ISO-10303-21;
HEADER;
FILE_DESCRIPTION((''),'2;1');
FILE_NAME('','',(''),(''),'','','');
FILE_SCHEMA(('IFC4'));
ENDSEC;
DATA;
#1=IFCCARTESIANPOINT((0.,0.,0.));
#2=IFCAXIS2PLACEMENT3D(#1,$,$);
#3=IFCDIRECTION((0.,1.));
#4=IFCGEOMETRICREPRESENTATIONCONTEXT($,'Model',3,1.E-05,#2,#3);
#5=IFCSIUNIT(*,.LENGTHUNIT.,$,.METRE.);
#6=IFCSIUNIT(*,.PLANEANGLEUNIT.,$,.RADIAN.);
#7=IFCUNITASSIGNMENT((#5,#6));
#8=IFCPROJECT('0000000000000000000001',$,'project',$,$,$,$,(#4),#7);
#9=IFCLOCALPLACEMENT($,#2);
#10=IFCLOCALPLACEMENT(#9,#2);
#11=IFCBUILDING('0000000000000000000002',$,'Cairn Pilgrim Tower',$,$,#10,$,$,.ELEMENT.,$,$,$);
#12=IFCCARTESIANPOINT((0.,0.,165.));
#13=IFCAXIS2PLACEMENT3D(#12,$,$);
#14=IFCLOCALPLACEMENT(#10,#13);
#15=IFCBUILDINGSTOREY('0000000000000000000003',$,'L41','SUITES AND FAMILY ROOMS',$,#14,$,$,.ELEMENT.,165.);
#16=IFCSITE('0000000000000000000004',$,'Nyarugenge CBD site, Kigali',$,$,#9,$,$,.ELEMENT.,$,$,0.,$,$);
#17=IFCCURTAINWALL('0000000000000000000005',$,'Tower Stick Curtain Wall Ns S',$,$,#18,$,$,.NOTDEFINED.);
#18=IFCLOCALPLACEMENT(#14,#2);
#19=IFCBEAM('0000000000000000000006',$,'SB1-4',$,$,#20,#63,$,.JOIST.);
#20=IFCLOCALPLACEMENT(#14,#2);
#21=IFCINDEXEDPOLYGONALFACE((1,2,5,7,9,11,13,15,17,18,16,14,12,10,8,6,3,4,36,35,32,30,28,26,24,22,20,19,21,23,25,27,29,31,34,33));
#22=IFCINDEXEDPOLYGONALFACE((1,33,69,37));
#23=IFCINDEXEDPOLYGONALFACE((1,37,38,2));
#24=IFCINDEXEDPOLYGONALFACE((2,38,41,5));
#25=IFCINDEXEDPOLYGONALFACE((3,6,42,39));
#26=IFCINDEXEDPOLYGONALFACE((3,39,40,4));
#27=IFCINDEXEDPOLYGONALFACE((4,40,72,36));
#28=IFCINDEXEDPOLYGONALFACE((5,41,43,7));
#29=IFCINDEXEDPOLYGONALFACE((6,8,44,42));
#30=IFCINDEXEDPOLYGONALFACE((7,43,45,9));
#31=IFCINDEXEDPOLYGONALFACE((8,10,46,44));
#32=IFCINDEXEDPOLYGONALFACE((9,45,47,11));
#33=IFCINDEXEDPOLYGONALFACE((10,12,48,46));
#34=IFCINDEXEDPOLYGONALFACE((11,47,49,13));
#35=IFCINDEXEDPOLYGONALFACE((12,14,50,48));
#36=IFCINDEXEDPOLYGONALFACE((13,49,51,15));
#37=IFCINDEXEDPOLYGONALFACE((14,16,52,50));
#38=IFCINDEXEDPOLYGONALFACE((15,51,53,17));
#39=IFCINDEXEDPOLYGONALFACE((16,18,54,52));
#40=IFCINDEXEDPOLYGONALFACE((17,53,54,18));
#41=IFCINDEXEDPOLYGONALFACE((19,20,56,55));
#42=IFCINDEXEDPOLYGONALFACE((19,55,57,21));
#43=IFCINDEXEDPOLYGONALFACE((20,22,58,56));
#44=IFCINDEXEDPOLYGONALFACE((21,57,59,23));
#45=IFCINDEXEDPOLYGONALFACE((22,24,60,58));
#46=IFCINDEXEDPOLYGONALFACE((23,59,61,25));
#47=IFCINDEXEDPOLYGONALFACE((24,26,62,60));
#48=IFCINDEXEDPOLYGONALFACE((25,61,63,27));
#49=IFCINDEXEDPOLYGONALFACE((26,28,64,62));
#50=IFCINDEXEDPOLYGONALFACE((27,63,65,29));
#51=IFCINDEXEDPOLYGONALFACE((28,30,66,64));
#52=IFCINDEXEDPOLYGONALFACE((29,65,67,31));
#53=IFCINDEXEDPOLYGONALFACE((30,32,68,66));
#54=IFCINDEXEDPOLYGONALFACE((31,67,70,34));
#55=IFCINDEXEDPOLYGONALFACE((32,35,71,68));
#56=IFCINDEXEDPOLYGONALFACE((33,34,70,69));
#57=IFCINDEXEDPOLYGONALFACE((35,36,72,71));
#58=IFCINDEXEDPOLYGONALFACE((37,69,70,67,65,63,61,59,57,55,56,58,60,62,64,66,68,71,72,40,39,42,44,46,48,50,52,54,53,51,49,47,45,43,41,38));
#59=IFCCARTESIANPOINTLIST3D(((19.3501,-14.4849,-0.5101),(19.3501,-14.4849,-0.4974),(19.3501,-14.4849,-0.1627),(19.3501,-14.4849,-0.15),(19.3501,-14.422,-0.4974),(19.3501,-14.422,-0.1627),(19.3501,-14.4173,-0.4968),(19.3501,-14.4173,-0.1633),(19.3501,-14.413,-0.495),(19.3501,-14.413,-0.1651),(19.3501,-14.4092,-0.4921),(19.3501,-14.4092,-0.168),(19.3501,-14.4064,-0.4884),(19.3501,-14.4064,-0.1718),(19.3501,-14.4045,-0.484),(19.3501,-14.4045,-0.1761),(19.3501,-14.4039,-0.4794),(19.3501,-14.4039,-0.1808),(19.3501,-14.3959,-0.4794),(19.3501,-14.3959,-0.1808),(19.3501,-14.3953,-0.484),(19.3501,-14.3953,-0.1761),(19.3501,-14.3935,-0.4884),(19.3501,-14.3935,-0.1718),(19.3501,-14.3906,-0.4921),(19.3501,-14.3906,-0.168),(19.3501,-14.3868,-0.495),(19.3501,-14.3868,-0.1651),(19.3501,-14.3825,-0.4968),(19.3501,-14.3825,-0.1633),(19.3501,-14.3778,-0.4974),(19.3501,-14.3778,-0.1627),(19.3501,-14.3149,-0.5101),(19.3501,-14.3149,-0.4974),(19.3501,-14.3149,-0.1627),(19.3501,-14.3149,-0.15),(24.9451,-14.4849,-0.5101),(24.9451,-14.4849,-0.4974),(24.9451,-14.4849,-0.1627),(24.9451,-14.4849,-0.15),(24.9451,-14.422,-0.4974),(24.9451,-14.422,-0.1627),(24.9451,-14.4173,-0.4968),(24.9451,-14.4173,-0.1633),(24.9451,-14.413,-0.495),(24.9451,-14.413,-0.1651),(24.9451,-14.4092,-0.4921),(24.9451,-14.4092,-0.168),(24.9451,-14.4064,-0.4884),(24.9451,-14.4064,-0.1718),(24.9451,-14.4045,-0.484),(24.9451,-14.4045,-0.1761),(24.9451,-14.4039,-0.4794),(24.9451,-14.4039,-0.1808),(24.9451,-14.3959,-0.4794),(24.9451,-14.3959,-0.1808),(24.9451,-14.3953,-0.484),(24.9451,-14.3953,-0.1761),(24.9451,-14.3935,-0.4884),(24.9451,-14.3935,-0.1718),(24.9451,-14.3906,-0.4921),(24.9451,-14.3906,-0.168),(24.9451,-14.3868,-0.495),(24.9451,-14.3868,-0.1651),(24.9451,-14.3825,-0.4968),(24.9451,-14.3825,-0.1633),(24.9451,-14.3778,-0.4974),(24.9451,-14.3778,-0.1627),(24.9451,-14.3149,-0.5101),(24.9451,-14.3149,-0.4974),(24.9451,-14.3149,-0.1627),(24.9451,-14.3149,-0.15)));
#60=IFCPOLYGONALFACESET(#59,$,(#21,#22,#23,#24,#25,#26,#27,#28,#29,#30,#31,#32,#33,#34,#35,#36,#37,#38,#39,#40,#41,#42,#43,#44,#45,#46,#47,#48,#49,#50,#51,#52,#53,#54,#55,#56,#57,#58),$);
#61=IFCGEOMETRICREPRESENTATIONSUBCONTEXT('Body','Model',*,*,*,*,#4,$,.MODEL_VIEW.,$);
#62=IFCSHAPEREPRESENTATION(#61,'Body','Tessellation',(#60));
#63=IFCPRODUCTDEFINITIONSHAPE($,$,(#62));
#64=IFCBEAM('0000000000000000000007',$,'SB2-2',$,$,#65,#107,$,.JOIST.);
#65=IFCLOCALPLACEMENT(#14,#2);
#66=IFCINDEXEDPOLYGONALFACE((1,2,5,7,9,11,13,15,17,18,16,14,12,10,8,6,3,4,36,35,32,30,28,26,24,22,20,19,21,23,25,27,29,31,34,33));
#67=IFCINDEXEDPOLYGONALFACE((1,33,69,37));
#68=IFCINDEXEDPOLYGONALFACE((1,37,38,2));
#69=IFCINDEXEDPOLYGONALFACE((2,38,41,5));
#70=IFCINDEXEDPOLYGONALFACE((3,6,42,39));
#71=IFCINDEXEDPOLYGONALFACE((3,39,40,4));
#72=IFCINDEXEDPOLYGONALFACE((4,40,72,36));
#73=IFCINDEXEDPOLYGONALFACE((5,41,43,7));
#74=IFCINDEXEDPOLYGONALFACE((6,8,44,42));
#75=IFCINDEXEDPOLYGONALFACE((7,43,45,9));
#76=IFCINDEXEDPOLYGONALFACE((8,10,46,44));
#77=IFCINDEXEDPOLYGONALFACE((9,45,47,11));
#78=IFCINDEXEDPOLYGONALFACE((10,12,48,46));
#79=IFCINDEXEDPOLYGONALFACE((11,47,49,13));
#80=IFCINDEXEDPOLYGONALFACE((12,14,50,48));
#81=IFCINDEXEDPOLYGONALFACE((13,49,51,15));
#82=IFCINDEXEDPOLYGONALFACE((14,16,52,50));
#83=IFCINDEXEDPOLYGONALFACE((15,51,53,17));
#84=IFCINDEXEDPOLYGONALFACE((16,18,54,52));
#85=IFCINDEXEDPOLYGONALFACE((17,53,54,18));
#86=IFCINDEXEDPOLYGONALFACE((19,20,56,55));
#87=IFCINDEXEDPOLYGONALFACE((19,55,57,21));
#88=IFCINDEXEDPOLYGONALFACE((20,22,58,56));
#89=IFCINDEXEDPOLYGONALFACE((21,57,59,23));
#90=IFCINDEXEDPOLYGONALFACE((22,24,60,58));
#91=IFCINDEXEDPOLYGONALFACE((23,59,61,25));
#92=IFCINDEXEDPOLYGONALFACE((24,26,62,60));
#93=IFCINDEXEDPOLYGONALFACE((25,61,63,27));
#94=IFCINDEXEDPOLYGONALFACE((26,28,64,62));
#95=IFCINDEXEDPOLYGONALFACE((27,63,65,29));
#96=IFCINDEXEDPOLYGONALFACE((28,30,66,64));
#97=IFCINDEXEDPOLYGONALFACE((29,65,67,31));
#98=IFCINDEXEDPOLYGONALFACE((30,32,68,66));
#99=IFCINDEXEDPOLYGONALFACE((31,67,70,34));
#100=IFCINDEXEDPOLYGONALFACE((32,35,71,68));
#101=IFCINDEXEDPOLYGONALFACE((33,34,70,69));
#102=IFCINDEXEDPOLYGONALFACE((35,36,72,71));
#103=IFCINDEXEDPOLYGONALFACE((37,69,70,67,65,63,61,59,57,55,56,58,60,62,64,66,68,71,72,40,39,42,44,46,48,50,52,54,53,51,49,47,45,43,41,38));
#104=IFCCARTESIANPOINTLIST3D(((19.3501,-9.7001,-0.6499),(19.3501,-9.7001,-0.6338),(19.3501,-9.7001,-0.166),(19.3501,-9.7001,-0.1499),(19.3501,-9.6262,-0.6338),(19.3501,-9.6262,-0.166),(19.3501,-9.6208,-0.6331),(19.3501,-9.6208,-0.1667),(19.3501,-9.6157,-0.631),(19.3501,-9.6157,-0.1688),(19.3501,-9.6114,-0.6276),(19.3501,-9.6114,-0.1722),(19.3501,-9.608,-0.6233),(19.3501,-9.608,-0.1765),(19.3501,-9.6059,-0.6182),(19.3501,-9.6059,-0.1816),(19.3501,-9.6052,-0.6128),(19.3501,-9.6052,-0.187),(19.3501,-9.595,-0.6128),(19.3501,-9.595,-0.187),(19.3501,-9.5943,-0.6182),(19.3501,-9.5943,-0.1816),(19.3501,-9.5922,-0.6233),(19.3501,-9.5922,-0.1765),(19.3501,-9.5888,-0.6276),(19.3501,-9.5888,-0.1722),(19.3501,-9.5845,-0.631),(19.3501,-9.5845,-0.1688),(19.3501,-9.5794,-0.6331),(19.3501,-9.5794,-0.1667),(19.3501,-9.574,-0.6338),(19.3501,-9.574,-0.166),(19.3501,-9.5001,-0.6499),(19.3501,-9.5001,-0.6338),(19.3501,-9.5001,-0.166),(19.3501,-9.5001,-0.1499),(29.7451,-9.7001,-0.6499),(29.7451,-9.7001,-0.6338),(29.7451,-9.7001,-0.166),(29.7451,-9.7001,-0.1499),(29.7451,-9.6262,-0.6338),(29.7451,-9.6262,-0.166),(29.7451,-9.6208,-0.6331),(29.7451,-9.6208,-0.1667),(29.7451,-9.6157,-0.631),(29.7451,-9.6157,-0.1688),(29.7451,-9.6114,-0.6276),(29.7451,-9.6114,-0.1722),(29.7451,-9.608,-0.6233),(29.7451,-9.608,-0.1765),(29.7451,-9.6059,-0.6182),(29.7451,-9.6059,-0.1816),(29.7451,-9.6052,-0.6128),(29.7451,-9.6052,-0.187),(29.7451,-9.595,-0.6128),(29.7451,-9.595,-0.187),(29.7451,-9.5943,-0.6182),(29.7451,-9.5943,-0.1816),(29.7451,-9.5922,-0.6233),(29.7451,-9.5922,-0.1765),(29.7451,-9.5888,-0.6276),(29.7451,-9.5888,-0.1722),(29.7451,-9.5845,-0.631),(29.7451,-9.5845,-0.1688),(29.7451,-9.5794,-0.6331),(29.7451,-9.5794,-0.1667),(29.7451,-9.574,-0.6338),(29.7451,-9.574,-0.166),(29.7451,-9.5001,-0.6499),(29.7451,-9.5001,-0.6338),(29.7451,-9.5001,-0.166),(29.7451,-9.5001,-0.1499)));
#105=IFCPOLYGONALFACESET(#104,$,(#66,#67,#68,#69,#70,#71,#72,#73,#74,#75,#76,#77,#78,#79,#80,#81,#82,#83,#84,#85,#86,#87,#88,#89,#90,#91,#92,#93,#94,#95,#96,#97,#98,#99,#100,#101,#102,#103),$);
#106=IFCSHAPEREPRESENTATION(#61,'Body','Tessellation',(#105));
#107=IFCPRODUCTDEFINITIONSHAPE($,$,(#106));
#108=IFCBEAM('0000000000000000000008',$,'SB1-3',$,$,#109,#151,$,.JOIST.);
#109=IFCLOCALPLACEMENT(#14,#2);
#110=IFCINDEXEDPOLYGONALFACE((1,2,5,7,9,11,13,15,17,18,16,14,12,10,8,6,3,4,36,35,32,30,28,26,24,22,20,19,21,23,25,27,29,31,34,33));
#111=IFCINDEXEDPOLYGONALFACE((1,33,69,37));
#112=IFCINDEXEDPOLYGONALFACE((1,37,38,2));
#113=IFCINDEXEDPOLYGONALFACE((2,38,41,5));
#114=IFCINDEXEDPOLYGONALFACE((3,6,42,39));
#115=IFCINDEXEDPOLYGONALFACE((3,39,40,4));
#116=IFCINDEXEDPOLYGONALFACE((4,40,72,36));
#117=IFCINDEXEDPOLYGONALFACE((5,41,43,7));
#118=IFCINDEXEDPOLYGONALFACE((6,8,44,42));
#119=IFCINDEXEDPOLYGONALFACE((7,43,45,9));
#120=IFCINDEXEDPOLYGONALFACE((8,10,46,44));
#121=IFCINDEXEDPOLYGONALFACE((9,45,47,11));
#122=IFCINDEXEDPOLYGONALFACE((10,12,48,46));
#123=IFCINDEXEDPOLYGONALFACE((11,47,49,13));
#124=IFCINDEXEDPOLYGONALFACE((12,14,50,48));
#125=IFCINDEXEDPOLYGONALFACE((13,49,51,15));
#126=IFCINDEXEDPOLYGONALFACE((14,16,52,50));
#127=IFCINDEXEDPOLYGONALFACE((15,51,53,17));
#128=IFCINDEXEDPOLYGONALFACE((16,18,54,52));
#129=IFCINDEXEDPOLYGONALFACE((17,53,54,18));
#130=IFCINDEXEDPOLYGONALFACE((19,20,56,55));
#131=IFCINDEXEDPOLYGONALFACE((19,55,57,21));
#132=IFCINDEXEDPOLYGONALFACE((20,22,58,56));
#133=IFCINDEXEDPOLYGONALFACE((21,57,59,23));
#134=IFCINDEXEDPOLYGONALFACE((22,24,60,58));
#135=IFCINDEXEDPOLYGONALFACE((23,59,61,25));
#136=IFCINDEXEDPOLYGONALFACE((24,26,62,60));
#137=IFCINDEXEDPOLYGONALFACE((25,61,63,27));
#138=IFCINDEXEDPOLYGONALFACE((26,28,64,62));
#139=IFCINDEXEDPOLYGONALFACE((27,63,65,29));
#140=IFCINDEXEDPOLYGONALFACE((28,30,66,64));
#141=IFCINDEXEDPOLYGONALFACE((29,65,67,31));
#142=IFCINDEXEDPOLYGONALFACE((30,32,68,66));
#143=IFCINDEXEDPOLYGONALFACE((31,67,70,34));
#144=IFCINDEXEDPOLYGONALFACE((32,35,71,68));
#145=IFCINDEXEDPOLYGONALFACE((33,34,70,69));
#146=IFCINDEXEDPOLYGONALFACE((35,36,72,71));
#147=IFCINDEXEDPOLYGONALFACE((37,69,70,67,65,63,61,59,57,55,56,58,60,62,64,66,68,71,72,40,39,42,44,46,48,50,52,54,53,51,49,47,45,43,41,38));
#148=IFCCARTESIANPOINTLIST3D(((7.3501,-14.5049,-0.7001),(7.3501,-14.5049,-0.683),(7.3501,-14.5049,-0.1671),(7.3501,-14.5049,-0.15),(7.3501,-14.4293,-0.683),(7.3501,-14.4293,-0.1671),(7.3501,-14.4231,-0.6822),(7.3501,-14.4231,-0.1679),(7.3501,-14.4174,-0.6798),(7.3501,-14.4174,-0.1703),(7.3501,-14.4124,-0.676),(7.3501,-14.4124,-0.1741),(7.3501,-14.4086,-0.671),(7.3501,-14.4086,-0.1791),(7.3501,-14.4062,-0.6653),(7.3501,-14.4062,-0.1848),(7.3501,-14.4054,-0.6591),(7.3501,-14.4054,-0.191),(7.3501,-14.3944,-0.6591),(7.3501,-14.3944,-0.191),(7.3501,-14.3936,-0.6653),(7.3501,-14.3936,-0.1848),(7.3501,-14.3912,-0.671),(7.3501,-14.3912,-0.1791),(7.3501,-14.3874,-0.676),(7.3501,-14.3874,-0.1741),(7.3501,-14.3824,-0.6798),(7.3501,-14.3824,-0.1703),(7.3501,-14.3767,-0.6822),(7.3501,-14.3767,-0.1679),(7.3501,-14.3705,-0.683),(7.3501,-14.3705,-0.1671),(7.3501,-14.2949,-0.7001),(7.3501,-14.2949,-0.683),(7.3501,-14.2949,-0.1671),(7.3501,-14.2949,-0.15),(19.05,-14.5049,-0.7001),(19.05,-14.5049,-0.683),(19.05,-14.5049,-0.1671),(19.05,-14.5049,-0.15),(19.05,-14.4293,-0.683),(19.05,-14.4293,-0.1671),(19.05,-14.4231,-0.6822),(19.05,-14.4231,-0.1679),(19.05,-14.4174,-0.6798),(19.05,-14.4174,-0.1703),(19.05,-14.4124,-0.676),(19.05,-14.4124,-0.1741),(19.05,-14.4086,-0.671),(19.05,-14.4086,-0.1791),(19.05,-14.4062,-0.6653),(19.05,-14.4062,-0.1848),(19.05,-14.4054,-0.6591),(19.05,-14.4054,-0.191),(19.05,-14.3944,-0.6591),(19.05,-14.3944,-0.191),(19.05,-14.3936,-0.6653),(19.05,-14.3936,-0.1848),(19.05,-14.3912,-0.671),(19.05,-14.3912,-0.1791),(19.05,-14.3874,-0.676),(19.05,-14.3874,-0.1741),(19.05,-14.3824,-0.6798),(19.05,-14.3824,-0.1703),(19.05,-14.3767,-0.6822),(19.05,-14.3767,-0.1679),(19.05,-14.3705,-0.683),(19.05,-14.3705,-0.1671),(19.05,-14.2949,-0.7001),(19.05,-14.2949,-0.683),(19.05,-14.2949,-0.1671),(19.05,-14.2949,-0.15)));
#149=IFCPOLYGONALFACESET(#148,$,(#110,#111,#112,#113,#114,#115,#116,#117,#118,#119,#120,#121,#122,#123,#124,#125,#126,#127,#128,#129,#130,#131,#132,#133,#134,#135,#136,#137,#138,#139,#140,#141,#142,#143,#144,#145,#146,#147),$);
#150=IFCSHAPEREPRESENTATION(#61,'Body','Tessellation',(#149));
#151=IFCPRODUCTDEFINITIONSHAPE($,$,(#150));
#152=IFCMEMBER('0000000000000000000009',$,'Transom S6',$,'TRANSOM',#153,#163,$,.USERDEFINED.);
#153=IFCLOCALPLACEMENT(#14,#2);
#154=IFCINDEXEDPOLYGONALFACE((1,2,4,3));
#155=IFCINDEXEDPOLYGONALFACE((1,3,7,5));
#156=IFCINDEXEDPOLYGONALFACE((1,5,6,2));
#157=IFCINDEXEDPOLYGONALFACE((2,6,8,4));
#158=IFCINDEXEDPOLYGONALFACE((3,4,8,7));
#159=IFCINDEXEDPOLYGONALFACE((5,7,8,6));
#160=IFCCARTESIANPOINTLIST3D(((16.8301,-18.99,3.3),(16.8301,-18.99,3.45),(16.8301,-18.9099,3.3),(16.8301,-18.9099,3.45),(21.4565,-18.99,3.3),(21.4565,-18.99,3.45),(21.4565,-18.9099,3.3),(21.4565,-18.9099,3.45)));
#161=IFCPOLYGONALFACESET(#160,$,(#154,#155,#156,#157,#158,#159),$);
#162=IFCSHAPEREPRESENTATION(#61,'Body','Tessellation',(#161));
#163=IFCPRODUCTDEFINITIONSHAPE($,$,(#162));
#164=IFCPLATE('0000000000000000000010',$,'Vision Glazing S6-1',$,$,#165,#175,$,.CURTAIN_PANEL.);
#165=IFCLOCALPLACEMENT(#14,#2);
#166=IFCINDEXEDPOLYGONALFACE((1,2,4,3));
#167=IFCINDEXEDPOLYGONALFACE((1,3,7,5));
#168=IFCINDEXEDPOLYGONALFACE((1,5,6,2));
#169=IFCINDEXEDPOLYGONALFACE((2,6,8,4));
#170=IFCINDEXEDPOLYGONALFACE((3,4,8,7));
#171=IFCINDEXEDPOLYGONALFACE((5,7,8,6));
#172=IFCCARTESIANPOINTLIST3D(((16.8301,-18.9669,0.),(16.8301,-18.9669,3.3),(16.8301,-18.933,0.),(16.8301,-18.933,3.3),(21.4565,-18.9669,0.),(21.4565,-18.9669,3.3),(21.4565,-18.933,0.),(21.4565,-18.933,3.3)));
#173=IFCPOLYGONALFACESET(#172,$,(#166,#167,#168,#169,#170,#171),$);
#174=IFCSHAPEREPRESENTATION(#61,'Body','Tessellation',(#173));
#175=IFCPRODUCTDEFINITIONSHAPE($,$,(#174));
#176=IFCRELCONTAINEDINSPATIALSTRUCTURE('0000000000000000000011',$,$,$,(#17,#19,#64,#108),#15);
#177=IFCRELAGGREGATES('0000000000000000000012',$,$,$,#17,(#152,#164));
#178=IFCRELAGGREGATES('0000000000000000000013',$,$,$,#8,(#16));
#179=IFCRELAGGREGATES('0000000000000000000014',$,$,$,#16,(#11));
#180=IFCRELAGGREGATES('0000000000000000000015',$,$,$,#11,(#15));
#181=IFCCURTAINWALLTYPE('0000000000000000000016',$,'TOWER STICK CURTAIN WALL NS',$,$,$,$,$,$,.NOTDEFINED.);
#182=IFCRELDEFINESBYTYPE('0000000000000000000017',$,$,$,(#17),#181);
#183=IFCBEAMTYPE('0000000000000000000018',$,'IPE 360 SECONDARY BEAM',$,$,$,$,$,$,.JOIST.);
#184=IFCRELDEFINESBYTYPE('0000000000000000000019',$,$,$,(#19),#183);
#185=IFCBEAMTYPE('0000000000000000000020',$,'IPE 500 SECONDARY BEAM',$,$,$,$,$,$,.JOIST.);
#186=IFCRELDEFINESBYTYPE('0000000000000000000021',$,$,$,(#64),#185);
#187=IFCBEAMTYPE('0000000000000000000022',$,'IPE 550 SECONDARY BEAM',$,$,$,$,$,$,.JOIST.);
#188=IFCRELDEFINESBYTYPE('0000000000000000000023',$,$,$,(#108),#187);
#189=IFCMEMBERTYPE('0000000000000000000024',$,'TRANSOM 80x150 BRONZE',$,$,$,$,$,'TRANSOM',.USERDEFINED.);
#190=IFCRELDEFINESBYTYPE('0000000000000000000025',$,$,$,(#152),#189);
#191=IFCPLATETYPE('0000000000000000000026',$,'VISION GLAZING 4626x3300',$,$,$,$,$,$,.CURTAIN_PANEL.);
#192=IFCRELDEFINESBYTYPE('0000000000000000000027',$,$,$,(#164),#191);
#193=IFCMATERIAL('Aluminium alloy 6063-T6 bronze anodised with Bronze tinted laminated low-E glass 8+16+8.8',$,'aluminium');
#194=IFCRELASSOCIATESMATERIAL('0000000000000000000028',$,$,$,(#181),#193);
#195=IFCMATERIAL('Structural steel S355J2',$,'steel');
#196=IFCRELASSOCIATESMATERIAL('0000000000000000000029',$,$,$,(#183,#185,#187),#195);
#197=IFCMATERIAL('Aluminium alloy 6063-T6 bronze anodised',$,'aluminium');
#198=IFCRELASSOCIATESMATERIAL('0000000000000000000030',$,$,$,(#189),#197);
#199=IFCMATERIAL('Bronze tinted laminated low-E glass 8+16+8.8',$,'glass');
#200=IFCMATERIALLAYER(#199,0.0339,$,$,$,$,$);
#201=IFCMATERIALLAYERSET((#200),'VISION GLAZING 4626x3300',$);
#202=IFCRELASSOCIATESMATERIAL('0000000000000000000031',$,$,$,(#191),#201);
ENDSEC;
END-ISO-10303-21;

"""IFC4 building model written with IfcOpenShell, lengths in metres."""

from ifc_helpers import new_model, si_unit, direction, frame, origin, origin_2d, place, context, subcontext, project, spatial, rectangle, i_section, extrude, material, layer, layer_set, material_profile, profile_set, type_object, element, aggregate, save


model = new_model("IFC4")

# Units and contexts
model_context = context("Model", 3, precision=1e-05, world=origin(), true_north=direction((0.0, 1.0)))
body_context = subcontext(model_context, "Body", "Model", "MODEL_VIEW")
ifc_project = project(units=[si_unit("LENGTHUNIT", "METRE"), si_unit("PLANEANGLEUNIT", "RADIAN")], contexts=[model_context])

# Site, building, storey
site_placement = place(None, origin())
site = spatial("IfcSite", under=ifc_project, at=site_placement, Name="Nyarugenge CBD site, Kigali", CompositionType="ELEMENT", RefElevation=0.0)
building_placement = place(site_placement, origin())
building = spatial("IfcBuilding", under=site, at=building_placement, Name="Cairn Pilgrim Tower", CompositionType="ELEMENT")
storey_placement = place(building_placement, frame((0.0, 0.0, 165.0)))
storey = spatial("IfcBuildingStorey", under=building, at=storey_placement, Name="L41", Description="SUITES AND FAMILY ROOMS", CompositionType="ELEMENT", Elevation=165.0)

# Shared definitions
ifc_material_1 = material(Name="Structural steel S355J2", Category="steel")

# Curtain wall
ifc_material_2 = material(Name="Aluminium alloy 6063-T6 bronze anodised with Bronze tinted laminated low-E glass 8+16+8.8", Category="aluminium")
curtain_wall_type = type_object("IfcCurtainWallType", Name="TOWER STICK CURTAIN WALL NS", PredefinedType="NOTDEFINED", material=ifc_material_2)
curtain_wall_placement = place(storey_placement, origin())
curtain_wall = element("IfcCurtainWall", 1, at=curtain_wall_placement, inside=storey, type_object=curtain_wall_type, Name="Tower Stick Curtain Wall Ns S", PredefinedType="NOTDEFINED")
ifc_material_3 = material(Name="Aluminium alloy 6063-T6 bronze anodised", Category="aluminium")

# Beams
ifc_material_profile_1 = material_profile(ifc_material_1, i_section(OverallWidth=0.1699, OverallDepth=0.3601, WebThickness=0.0081, FlangeThickness=0.0127, FilletRadius=0.0181, at=origin_2d()), Name="IPE 360")
ifc_profile_set_1 = profile_set([ifc_material_profile_1], Name="Structural steel S355J2")
beam_type_1 = type_object("IfcBeamType", Name="IPE 360 SECONDARY BEAM", PredefinedType="JOIST", material=ifc_profile_set_1)
beam_1_placement = place(storey_placement, frame((19.3501, -14.3999, -0.3301), z_axis=(1.0, 0.0, 0.0), x_axis=(0.0, 1.0, 0.0)))
element("IfcBeam", 2, at=beam_1_placement, inside=storey, type_object=beam_type_1, Name="SB1-4", PredefinedType="JOIST", context=body_context, shape_type="SweptSolid", body=[
    extrude(i_section(OverallWidth=0.1699, OverallDepth=0.3601, WebThickness=0.0081, FlangeThickness=0.0127, FilletRadius=0.0181, at=origin_2d()), origin(), (0.0, 0.0, 1.0), 5.595),
])
ifc_material_profile_2 = material_profile(ifc_material_1, i_section(OverallWidth=0.2, OverallDepth=0.5, WebThickness=0.0103, FlangeThickness=0.0161, FilletRadius=0.021, at=origin_2d()), Name="IPE 500")
ifc_profile_set_2 = profile_set([ifc_material_profile_2], Name="Structural steel S355J2")
beam_type_2 = type_object("IfcBeamType", Name="IPE 500 SECONDARY BEAM", PredefinedType="JOIST", material=ifc_profile_set_2)
beam_2_placement = place(storey_placement, frame((19.3501, -9.6001, -0.3999), z_axis=(1.0, 0.0, 0.0), x_axis=(0.0, 1.0, 0.0)))
element("IfcBeam", 3, at=beam_2_placement, inside=storey, type_object=beam_type_2, Name="SB2-2", PredefinedType="JOIST", context=body_context, shape_type="SweptSolid", body=[
    extrude(i_section(OverallWidth=0.2, OverallDepth=0.5, WebThickness=0.0103, FlangeThickness=0.0161, FilletRadius=0.021, at=origin_2d()), origin(), (0.0, 0.0, 1.0), 10.395),
])
ifc_material_profile_3 = material_profile(ifc_material_1, i_section(OverallWidth=0.21, OverallDepth=0.55, WebThickness=0.011, FlangeThickness=0.0171, FilletRadius=0.0239, at=origin_2d()), Name="IPE 550")
ifc_profile_set_3 = profile_set([ifc_material_profile_3], Name="Structural steel S355J2")
beam_type_3 = type_object("IfcBeamType", Name="IPE 550 SECONDARY BEAM", PredefinedType="JOIST", material=ifc_profile_set_3)
beam_3_placement = place(storey_placement, frame((7.3501, -14.3999, -0.425), z_axis=(1.0, 0.0, 0.0), x_axis=(0.0, 1.0, 0.0)))
element("IfcBeam", 4, at=beam_3_placement, inside=storey, type_object=beam_type_3, Name="SB1-3", PredefinedType="JOIST", context=body_context, shape_type="SweptSolid", body=[
    extrude(i_section(OverallWidth=0.21, OverallDepth=0.55, WebThickness=0.011, FlangeThickness=0.0171, FilletRadius=0.0239, at=origin_2d()), origin(), (0.0, 0.0, 1.0), 11.7),
])

# Member
ifc_material_profile_4 = material_profile(ifc_material_3, rectangle(XDim=0.0801, YDim=0.1499, at=origin_2d()), Name="TRANSOM 80x150 BRONZE")
ifc_profile_set_4 = profile_set([ifc_material_profile_4], Name="Aluminium alloy 6063-T6 bronze anodised")
member_type_1 = type_object("IfcMemberType", Name="TRANSOM 80x150 BRONZE", ElementType="TRANSOM", PredefinedType="USERDEFINED", material=ifc_profile_set_4)
member_1_placement = place(storey_placement, frame((16.8301, -18.95, 3.375), z_axis=(1.0, 0.0, 0.0), x_axis=(0.0, 1.0, 0.0)))
member_1 = element("IfcMember", 5, at=member_1_placement, type_object=member_type_1, Name="Transom S6", ObjectType="TRANSOM", PredefinedType="USERDEFINED", context=body_context, shape_type="SweptSolid", body=[
    extrude(rectangle(XDim=0.0801, YDim=0.1499, at=origin_2d()), origin(), (0.0, 0.0, 1.0), 4.6265),
])

# Plate
ifc_material_4 = material(Name="Bronze tinted laminated low-E glass 8+16+8.8", Category="glass")
ifc_layer_1 = layer(ifc_material_4, 0.0339)
ifc_layer_set_1 = layer_set([ifc_layer_1], Name="VISION GLAZING 4626x3300")
plate_type = type_object("IfcPlateType", Name="VISION GLAZING 4626x3300", PredefinedType="CURTAIN_PANEL", material=ifc_layer_set_1)
plate_placement = place(storey_placement, frame((19.1433, -18.95, 0.0), z_axis=(0.0, 0.0, 1.0), x_axis=(1.0, 0.0, 0.0)))
plate = element("IfcPlate", 6, at=plate_placement, type_object=plate_type, Name="Vision Glazing S6-1", PredefinedType="CURTAIN_PANEL", context=body_context, shape_type="SweptSolid", body=[
    extrude(rectangle(XDim=4.6265, YDim=0.0339, at=origin_2d()), origin(), (0.0, 0.0, 1.0), 3.3),
])
aggregate(curtain_wall, [member_1, plate])

save(model, "model.ifc")
